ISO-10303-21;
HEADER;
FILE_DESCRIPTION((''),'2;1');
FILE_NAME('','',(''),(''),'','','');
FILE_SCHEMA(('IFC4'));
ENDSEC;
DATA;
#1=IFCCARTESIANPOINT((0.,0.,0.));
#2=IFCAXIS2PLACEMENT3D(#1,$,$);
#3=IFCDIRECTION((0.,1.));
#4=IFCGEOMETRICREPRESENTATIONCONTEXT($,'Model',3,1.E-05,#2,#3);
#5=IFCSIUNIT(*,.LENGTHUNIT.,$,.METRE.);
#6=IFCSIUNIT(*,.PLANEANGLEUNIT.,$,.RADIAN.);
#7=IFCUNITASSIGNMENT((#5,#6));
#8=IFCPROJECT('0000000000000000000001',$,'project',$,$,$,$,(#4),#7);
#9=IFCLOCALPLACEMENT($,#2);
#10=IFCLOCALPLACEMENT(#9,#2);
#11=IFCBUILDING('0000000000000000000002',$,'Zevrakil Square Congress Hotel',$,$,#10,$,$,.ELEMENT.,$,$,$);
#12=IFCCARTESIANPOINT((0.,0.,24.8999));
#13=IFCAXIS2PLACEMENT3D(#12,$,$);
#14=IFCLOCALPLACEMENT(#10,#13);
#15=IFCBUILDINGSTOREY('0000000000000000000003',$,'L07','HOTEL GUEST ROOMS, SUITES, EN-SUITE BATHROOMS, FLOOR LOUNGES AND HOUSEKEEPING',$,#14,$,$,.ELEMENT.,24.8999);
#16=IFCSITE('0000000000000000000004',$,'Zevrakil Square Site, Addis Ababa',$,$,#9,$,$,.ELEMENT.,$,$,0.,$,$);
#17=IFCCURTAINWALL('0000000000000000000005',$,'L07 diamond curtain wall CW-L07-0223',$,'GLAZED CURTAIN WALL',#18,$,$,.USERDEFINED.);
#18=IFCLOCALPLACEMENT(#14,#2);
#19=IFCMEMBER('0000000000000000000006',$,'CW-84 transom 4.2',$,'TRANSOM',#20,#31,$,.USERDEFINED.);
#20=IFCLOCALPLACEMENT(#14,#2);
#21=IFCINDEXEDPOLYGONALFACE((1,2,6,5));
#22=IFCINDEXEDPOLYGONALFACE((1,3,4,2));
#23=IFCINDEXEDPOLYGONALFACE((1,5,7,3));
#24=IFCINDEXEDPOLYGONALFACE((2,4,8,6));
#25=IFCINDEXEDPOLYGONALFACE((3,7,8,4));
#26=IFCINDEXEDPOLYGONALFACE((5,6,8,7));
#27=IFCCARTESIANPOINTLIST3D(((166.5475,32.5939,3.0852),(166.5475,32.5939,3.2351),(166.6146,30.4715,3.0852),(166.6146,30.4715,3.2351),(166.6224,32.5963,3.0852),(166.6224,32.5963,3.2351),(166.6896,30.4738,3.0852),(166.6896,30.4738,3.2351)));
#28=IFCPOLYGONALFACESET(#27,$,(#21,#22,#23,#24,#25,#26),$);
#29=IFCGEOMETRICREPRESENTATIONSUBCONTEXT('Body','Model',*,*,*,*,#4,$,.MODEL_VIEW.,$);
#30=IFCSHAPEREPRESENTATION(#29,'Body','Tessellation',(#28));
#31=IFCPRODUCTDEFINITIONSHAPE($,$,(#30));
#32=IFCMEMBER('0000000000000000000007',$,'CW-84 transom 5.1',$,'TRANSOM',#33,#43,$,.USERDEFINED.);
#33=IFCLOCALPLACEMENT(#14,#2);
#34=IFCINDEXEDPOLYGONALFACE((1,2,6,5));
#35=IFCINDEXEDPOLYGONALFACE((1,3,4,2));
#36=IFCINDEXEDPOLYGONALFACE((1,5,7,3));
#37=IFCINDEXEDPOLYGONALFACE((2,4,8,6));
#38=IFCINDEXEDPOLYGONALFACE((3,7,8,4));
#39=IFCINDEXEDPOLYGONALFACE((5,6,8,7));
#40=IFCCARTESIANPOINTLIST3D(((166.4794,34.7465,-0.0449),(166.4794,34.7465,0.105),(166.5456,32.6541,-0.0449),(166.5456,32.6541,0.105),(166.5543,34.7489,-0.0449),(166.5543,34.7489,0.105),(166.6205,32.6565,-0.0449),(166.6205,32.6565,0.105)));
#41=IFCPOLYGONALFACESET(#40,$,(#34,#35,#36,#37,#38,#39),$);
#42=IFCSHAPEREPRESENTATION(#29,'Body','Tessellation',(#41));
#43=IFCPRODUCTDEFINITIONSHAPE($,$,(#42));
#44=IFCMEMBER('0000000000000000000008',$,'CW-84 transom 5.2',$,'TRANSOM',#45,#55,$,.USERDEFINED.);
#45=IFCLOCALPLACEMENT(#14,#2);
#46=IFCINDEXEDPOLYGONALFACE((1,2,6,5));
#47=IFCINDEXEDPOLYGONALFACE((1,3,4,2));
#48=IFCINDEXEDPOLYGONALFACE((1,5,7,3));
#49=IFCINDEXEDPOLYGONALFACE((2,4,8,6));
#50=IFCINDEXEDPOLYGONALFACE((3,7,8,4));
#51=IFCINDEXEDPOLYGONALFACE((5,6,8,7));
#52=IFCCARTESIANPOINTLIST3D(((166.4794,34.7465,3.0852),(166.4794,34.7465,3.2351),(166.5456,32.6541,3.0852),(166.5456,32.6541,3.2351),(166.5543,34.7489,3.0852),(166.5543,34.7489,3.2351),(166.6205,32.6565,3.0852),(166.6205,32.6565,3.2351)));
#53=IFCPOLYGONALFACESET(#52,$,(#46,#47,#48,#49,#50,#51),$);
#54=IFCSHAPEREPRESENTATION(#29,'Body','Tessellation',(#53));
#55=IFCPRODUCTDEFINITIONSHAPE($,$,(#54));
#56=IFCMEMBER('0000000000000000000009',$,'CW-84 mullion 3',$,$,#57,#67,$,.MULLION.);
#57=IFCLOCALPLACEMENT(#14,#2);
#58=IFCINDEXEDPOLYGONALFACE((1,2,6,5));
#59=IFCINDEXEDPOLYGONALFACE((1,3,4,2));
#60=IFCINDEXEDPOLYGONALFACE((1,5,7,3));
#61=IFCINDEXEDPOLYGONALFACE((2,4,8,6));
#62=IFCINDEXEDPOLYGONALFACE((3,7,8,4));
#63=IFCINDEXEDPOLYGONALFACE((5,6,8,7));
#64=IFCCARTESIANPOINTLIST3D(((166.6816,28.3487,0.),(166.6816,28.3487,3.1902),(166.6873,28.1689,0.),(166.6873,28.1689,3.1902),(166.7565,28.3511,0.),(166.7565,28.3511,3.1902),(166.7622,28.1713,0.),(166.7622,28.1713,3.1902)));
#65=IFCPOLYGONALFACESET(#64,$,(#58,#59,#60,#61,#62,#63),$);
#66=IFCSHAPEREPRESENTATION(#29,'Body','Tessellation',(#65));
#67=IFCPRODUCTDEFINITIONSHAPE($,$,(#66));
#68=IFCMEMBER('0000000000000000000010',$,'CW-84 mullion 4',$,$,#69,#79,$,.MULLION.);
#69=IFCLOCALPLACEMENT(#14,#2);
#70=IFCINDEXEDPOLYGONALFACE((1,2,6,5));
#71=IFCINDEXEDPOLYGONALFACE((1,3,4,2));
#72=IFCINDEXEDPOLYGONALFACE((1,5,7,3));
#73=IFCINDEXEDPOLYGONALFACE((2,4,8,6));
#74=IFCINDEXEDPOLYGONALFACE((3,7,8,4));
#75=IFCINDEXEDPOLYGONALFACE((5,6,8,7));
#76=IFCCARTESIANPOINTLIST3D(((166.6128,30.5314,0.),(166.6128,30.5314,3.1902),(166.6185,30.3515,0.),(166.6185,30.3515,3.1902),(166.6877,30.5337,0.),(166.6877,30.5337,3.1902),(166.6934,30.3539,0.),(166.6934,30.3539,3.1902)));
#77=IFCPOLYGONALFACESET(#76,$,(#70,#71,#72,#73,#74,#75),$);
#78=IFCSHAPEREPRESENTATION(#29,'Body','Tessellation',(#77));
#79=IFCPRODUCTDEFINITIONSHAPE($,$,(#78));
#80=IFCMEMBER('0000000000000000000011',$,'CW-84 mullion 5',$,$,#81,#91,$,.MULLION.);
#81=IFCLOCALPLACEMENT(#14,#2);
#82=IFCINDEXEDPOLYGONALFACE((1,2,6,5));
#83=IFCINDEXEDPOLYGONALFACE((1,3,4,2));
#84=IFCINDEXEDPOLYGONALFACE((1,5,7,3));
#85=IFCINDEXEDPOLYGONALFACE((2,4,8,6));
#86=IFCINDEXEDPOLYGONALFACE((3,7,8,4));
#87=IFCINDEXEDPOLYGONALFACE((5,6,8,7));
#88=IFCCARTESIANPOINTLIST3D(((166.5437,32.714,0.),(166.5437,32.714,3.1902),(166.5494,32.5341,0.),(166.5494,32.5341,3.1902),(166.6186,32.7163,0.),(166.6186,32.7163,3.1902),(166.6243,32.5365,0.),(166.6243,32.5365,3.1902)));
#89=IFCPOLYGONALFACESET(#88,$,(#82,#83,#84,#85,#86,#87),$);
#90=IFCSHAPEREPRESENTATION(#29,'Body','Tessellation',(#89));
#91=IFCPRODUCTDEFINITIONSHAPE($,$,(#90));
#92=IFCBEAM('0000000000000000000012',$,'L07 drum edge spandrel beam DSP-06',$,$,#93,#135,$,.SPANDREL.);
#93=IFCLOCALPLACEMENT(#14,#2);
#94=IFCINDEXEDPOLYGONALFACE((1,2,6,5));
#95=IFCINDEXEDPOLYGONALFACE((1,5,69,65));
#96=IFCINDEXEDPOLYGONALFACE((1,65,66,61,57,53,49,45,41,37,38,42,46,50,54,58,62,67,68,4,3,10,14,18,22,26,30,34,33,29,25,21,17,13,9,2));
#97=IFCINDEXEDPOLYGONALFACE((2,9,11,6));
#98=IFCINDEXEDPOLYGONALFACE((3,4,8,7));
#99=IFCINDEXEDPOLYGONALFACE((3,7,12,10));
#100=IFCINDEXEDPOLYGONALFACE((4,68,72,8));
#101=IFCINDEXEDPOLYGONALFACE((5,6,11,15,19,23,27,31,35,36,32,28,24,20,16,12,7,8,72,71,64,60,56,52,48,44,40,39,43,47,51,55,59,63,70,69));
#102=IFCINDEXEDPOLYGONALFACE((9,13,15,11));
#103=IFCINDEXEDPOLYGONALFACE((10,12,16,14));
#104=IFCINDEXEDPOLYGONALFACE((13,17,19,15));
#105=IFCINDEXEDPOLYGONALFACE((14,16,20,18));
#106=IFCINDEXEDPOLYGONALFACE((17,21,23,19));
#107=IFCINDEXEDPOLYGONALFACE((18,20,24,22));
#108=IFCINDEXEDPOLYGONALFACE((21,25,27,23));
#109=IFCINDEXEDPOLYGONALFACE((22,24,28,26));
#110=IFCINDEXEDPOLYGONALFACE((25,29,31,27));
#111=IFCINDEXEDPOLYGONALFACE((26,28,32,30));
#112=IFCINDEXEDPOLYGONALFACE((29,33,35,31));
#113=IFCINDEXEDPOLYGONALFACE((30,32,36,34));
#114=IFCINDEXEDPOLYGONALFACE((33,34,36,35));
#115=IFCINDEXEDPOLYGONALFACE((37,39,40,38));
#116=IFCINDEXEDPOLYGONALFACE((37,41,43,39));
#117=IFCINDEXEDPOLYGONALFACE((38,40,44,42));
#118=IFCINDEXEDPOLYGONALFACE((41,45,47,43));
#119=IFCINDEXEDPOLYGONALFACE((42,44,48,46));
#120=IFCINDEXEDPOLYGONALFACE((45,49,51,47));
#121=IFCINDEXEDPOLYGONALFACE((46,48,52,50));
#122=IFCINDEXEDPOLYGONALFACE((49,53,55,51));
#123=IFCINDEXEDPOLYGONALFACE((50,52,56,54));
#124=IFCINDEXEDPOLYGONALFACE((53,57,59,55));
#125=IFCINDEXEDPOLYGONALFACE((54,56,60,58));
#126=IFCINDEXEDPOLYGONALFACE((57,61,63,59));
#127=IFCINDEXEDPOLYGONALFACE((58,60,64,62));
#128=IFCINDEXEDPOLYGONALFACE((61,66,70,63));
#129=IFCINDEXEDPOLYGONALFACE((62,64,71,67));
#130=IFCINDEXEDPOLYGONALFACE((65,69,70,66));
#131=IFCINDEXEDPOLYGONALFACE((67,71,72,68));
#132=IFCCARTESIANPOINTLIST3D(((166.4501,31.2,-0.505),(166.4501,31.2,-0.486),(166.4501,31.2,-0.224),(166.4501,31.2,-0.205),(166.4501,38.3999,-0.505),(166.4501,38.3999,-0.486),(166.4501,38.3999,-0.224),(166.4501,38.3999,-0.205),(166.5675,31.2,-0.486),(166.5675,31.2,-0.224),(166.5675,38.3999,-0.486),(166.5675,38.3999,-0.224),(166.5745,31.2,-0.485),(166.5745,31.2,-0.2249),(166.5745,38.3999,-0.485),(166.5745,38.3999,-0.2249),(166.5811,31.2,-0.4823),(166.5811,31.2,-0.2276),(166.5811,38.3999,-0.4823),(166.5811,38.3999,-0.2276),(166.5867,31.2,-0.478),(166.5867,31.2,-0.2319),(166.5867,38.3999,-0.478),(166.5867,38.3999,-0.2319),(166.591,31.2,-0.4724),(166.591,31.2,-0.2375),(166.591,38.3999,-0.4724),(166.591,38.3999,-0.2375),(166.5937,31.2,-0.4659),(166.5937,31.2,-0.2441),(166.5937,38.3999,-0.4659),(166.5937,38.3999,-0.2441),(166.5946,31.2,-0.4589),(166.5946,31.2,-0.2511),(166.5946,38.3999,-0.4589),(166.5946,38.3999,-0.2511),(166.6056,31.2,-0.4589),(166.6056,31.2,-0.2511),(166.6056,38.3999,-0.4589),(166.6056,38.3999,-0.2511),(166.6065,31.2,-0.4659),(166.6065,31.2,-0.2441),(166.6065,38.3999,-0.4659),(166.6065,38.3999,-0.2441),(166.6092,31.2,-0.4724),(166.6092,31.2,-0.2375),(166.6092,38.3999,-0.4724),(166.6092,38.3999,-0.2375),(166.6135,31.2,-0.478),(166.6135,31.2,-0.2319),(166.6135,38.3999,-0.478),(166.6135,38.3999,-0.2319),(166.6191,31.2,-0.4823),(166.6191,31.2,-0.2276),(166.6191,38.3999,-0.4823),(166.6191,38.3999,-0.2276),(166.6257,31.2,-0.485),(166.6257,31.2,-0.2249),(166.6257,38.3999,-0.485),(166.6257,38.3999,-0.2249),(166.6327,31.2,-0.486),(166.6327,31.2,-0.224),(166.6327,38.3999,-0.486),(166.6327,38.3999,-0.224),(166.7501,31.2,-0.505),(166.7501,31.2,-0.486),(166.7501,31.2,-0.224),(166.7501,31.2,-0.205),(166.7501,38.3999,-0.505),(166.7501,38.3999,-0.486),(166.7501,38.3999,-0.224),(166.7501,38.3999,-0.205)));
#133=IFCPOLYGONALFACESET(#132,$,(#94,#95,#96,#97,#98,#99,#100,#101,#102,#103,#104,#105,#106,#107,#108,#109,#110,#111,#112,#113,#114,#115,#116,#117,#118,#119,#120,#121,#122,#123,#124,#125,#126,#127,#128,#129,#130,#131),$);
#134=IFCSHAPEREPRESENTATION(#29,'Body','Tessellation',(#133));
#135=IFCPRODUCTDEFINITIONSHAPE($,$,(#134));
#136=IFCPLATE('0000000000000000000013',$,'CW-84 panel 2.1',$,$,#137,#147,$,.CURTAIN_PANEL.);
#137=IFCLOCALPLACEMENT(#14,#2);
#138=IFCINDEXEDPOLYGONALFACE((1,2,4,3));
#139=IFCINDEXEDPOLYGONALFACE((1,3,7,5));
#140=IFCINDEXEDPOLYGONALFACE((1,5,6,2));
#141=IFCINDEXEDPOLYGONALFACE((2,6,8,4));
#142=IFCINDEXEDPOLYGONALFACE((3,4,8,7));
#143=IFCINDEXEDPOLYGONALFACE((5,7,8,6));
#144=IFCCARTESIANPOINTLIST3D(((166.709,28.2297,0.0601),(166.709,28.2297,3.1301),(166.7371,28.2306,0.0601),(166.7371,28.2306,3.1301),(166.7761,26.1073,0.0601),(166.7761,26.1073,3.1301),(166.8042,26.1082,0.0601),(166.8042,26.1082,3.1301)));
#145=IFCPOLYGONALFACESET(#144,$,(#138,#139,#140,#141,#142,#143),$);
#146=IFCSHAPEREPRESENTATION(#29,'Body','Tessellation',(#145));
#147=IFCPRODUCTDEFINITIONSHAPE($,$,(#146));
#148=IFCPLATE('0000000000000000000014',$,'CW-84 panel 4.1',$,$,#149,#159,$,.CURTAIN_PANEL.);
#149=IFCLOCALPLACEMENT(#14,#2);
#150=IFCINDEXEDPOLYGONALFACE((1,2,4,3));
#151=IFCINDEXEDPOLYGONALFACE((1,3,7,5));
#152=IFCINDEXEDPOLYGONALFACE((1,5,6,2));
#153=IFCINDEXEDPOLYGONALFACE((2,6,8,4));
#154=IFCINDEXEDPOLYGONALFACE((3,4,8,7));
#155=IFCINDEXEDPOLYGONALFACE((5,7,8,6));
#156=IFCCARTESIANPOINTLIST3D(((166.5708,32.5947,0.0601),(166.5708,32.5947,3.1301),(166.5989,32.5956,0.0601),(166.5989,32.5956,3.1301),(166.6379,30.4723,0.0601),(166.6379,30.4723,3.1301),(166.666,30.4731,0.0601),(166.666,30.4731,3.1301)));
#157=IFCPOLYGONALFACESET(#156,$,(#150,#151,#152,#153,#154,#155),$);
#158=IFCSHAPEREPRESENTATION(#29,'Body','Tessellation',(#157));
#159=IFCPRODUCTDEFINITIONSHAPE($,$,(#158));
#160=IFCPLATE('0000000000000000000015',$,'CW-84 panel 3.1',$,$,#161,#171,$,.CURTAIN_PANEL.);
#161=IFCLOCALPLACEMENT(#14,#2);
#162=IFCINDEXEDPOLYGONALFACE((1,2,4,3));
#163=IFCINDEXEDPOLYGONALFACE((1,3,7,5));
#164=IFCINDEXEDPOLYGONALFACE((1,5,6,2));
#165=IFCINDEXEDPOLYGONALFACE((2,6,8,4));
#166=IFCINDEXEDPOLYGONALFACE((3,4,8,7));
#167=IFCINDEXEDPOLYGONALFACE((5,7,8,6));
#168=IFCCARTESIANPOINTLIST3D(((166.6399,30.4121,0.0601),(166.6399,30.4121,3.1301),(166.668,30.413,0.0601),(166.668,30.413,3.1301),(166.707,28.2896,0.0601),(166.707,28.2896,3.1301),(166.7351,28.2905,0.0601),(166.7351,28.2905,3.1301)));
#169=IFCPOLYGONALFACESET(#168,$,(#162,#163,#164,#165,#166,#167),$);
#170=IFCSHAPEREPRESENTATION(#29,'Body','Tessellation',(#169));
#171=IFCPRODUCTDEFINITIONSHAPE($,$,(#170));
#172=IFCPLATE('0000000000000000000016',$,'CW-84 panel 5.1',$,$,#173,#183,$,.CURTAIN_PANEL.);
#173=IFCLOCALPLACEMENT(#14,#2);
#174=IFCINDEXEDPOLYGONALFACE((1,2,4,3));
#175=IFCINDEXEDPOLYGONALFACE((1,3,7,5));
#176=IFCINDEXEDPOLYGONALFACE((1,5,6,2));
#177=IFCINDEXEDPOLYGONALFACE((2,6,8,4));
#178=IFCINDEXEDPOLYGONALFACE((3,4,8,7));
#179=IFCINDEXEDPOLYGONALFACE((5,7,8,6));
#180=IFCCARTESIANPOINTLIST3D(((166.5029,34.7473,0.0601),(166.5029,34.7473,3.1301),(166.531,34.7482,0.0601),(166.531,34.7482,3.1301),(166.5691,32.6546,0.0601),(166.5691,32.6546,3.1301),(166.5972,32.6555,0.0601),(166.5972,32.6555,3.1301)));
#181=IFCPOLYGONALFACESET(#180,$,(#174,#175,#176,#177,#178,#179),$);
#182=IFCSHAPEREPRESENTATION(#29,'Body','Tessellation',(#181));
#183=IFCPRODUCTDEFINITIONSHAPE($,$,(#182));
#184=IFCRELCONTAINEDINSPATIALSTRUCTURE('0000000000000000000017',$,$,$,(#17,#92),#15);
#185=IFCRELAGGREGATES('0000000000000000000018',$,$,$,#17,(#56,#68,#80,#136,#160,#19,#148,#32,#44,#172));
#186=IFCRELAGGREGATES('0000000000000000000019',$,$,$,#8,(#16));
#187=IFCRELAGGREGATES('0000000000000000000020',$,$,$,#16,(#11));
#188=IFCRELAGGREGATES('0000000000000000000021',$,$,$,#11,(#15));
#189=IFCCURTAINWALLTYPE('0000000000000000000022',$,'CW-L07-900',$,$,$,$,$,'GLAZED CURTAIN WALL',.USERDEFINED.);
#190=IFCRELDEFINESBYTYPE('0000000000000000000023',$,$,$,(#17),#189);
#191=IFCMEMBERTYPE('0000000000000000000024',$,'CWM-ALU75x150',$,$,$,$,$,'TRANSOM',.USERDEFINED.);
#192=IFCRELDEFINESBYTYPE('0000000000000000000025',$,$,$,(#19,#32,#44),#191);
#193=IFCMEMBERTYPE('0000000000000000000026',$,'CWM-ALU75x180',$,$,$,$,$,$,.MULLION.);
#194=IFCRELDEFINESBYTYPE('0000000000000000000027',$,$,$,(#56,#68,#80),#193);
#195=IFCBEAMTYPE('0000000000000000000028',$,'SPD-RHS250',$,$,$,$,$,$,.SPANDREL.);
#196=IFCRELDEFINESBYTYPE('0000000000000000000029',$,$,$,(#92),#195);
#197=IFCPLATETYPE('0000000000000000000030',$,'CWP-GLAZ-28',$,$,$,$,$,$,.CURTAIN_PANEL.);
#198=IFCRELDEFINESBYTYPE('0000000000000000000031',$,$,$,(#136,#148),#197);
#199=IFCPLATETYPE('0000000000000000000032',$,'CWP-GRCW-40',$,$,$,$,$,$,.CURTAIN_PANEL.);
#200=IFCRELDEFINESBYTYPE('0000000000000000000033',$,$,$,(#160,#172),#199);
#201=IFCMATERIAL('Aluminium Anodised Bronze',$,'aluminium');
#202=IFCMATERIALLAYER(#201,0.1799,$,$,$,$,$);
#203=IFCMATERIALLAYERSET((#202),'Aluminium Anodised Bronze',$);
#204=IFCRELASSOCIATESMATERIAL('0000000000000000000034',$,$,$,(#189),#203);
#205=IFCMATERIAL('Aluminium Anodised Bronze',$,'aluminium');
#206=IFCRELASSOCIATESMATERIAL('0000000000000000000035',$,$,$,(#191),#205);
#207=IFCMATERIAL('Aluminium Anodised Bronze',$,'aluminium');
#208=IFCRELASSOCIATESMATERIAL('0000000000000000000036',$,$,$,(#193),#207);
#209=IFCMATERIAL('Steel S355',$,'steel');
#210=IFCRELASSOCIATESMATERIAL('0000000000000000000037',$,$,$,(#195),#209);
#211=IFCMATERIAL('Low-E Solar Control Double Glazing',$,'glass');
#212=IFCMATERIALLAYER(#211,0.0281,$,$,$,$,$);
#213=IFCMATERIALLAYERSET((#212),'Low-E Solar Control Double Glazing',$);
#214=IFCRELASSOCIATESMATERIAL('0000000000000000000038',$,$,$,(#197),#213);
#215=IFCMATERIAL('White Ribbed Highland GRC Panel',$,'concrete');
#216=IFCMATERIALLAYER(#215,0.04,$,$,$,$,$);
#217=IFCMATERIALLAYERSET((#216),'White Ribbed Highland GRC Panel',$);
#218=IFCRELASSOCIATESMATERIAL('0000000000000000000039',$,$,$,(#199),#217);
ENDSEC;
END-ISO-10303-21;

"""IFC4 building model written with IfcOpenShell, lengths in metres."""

from ifc_helpers import new_model, si_unit, direction, frame, origin, origin_2d, place, context, subcontext, project, spatial, rectangle, i_section, extrude, material, layer, layer_set, material_profile, profile_set, type_object, element, aggregate, save


model = new_model("IFC4")

# Units and contexts
model_context = context("Model", 3, precision=1e-05, world=origin(), true_north=direction((0.0, 1.0)))
body_context = subcontext(model_context, "Body", "Model", "MODEL_VIEW")
ifc_project = project(units=[si_unit("LENGTHUNIT", "METRE"), si_unit("PLANEANGLEUNIT", "RADIAN")], contexts=[model_context])

# Site, building, storey
site_placement = place(None, origin())
site = spatial("IfcSite", under=ifc_project, at=site_placement, Name="Zevrakil Square Site, Addis Ababa", CompositionType="ELEMENT", RefElevation=0.0)
building_placement = place(site_placement, origin())
building = spatial("IfcBuilding", under=site, at=building_placement, Name="Zevrakil Square Congress Hotel", CompositionType="ELEMENT")
storey_placement = place(building_placement, frame((0.0, 0.0, 24.8999)))
storey = spatial("IfcBuildingStorey", under=building, at=storey_placement, Name="L07", Description="HOTEL GUEST ROOMS, SUITES, EN-SUITE BATHROOMS, FLOOR LOUNGES AND HOUSEKEEPING", CompositionType="ELEMENT", Elevation=24.8999)

# Curtain wall, members
ifc_material_1 = material(Name="Aluminium Anodised Bronze", Category="aluminium")
ifc_layer_1 = layer(ifc_material_1, 0.1799)
ifc_layer_set_1 = layer_set([ifc_layer_1], Name="Aluminium Anodised Bronze")
curtain_wall_type = type_object("IfcCurtainWallType", Name="CW-L07-900", ElementType="GLAZED CURTAIN WALL", PredefinedType="USERDEFINED", material=ifc_layer_set_1)
curtain_wall_placement = place(storey_placement, origin())
curtain_wall = element("IfcCurtainWall", 1, at=curtain_wall_placement, inside=storey, type_object=curtain_wall_type, Name="L07 diamond curtain wall CW-L07-0223", ObjectType="GLAZED CURTAIN WALL", PredefinedType="USERDEFINED")
ifc_material_2 = material(Name="Aluminium Anodised Bronze", Category="aluminium")
ifc_material_profile_1 = material_profile(ifc_material_2, rectangle(XDim=0.075, YDim=0.1499, at=origin_2d()), Name="ALU 75x150")
ifc_profile_set_1 = profile_set([ifc_material_profile_1], Name="Aluminium Anodised Bronze")
member_type_1 = type_object("IfcMemberType", Name="CWM-ALU75x150", ElementType="TRANSOM", PredefinedType="USERDEFINED", material=ifc_profile_set_1)
member_1_placement = place(storey_placement, frame((166.6521, 30.4727, 3.1602), z_axis=(-0.031615, 0.9995, 0.0), x_axis=(-0.9995, -0.031615, 0.0)))
member_1 = element("IfcMember", 2, at=member_1_placement, type_object=member_type_1, Name="CW-84 transom 4.2", ObjectType="TRANSOM", PredefinedType="USERDEFINED", context=body_context, shape_type="SweptSolid", body=[
    extrude(rectangle(XDim=0.075, YDim=0.1499, at=origin_2d()), origin(), (0.0, 0.0, 1.0), 2.1235),
])
member_2_placement = place(storey_placement, frame((166.583, 32.6553, 0.03), z_axis=(-0.031602, 0.999501, 0.0), x_axis=(-0.999501, -0.031602, 0.0)))
member_2 = element("IfcMember", 3, at=member_2_placement, type_object=member_type_1, Name="CW-84 transom 5.1", ObjectType="TRANSOM", PredefinedType="USERDEFINED", context=body_context, shape_type="SweptSolid", body=[
    extrude(rectangle(XDim=0.075, YDim=0.1499, at=origin_2d()), origin(), (0.0, 0.0, 1.0), 2.0935),
])
member_3_placement = place(storey_placement, frame((166.583, 32.6553, 3.1602), z_axis=(-0.031602, 0.999501, 0.0), x_axis=(-0.999501, -0.031602, 0.0)))
member_3 = element("IfcMember", 4, at=member_3_placement, type_object=member_type_1, Name="CW-84 transom 5.2", ObjectType="TRANSOM", PredefinedType="USERDEFINED", context=body_context, shape_type="SweptSolid", body=[
    extrude(rectangle(XDim=0.075, YDim=0.1499, at=origin_2d()), origin(), (0.0, 0.0, 1.0), 2.0935),
])
ifc_material_3 = material(Name="Aluminium Anodised Bronze", Category="aluminium")
ifc_material_profile_2 = material_profile(ifc_material_3, rectangle(XDim=0.075, YDim=0.1799, at=origin_2d()), Name="ALU 75x180")
ifc_profile_set_2 = profile_set([ifc_material_profile_2], Name="Aluminium Anodised Bronze")
member_type_2 = type_object("IfcMemberType", Name="CWM-ALU75x180", PredefinedType="MULLION", material=ifc_profile_set_2)
member_4_placement = place(storey_placement, frame((166.7219, 28.26, 0.0), z_axis=(0.0, 0.0, 1.0), x_axis=(-0.999501, -0.031598, 0.0)))
member_4 = element("IfcMember", 5, at=member_4_placement, type_object=member_type_2, Name="CW-84 mullion 3", PredefinedType="MULLION", context=body_context, shape_type="SweptSolid", body=[
    extrude(rectangle(XDim=0.075, YDim=0.1799, at=origin_2d()), origin(), (0.0, 0.0, 1.0), 3.1902),
])
member_5_placement = place(storey_placement, frame((166.6531, 30.4426, 0.0), z_axis=(0.0, 0.0, 1.0), x_axis=(-0.999501, -0.031598, 0.0)))
member_5 = element("IfcMember", 6, at=member_5_placement, type_object=member_type_2, Name="CW-84 mullion 4", PredefinedType="MULLION", context=body_context, shape_type="SweptSolid", body=[
    extrude(rectangle(XDim=0.075, YDim=0.1799, at=origin_2d()), origin(), (0.0, 0.0, 1.0), 3.1902),
])
member_6_placement = place(storey_placement, frame((166.584, 32.6252, 0.0), z_axis=(0.0, 0.0, 1.0), x_axis=(-0.999501, -0.031598, 0.0)))
member_6 = element("IfcMember", 7, at=member_6_placement, type_object=member_type_2, Name="CW-84 mullion 5", PredefinedType="MULLION", context=body_context, shape_type="SweptSolid", body=[
    extrude(rectangle(XDim=0.075, YDim=0.1799, at=origin_2d()), origin(), (0.0, 0.0, 1.0), 3.1902),
])

# Beam
ifc_material_4 = material(Name="Steel S355", Category="steel")
ifc_material_profile_3 = material_profile(ifc_material_4, i_section(OverallWidth=0.3, OverallDepth=0.3, WebThickness=0.011, FlangeThickness=0.019, FilletRadius=0.0271, at=origin_2d()), Name="HEB 300")
ifc_profile_set_3 = profile_set([ifc_material_profile_3], Name="Steel S355")
beam_type_1 = type_object("IfcBeamType", Name="SPD-RHS250", PredefinedType="SPANDREL", material=ifc_profile_set_3)
beam_1_placement = place(storey_placement, frame((166.6001, 31.2, -0.355), z_axis=(0.0, 1.0, 0.0), x_axis=(-1.0, 0.0, 0.0)))
element("IfcBeam", 8, at=beam_1_placement, inside=storey, type_object=beam_type_1, Name="L07 drum edge spandrel beam DSP-06", PredefinedType="SPANDREL", context=body_context, shape_type="SweptSolid", body=[
    extrude(i_section(OverallWidth=0.3, OverallDepth=0.3, WebThickness=0.011, FlangeThickness=0.019, FilletRadius=0.0271, at=origin_2d()), origin(), (0.0, 0.0, 1.0), 7.2),
])

# Plates
ifc_material_5 = material(Name="Low-E Solar Control Double Glazing", Category="glass")
ifc_layer_2 = layer(ifc_material_5, 0.0281)
ifc_layer_set_2 = layer_set([ifc_layer_2], Name="Low-E Solar Control Double Glazing")
plate_type_1 = type_object("IfcPlateType", Name="CWP-GLAZ-28", PredefinedType="CURTAIN_PANEL", material=ifc_layer_set_2)
plate_1_placement = place(storey_placement, frame((166.7566, 27.1689, 0.0601), z_axis=(0.0, 0.0, 1.0), x_axis=(-0.031598, 0.999501, 0.0)))
plate_1 = element("IfcPlate", 9, at=plate_1_placement, type_object=plate_type_1, Name="CW-84 panel 2.1", PredefinedType="CURTAIN_PANEL", context=body_context, shape_type="SweptSolid", body=[
    extrude(rectangle(XDim=2.1235, YDim=0.0281, at=origin_2d()), origin(), (0.0, 0.0, 1.0), 3.0701),
])
plate_2_placement = place(storey_placement, frame((166.6184, 31.5339, 0.0601), z_axis=(0.0, 0.0, 1.0), x_axis=(-0.031598, 0.999501, 0.0)))
plate_2 = element("IfcPlate", 10, at=plate_2_placement, type_object=plate_type_1, Name="CW-84 panel 4.1", PredefinedType="CURTAIN_PANEL", context=body_context, shape_type="SweptSolid", body=[
    extrude(rectangle(XDim=2.1235, YDim=0.0281, at=origin_2d()), origin(), (0.0, 0.0, 1.0), 3.0701),
])
ifc_material_6 = material(Name="White Ribbed Highland GRC Panel", Category="concrete")
ifc_layer_3 = layer(ifc_material_6, 0.04)
ifc_layer_set_3 = layer_set([ifc_layer_3], Name="White Ribbed Highland GRC Panel")
plate_type_2 = type_object("IfcPlateType", Name="CWP-GRCW-40", PredefinedType="CURTAIN_PANEL", material=ifc_layer_set_3)
plate_3_placement = place(storey_placement, frame((166.6875, 29.3513, 0.0601), z_axis=(0.0, 0.0, 1.0), x_axis=(-0.031598, 0.999501, 0.0)))
plate_3 = element("IfcPlate", 11, at=plate_3_placement, type_object=plate_type_2, Name="CW-84 panel 3.1", PredefinedType="CURTAIN_PANEL", context=body_context, shape_type="SweptSolid", body=[
    extrude(rectangle(XDim=2.1235, YDim=0.0281, at=origin_2d()), origin(), (0.0, 0.0, 1.0), 3.0701),
])
plate_4_placement = place(storey_placement, frame((166.55, 33.7014, 0.0601), z_axis=(0.0, 0.0, 1.0), x_axis=(-0.031598, 0.999501, 0.0)))
plate_4 = element("IfcPlate", 12, at=plate_4_placement, type_object=plate_type_2, Name="CW-84 panel 5.1", PredefinedType="CURTAIN_PANEL", context=body_context, shape_type="SweptSolid", body=[
    extrude(rectangle(XDim=2.0938, YDim=0.0281, at=origin_2d()), origin(), (0.0, 0.0, 1.0), 3.0701),
])
aggregate(curtain_wall, [member_4, member_5, member_6, plate_1, plate_3, member_1, plate_2, member_2, member_3, plate_4])

save(model, "model.ifc")
